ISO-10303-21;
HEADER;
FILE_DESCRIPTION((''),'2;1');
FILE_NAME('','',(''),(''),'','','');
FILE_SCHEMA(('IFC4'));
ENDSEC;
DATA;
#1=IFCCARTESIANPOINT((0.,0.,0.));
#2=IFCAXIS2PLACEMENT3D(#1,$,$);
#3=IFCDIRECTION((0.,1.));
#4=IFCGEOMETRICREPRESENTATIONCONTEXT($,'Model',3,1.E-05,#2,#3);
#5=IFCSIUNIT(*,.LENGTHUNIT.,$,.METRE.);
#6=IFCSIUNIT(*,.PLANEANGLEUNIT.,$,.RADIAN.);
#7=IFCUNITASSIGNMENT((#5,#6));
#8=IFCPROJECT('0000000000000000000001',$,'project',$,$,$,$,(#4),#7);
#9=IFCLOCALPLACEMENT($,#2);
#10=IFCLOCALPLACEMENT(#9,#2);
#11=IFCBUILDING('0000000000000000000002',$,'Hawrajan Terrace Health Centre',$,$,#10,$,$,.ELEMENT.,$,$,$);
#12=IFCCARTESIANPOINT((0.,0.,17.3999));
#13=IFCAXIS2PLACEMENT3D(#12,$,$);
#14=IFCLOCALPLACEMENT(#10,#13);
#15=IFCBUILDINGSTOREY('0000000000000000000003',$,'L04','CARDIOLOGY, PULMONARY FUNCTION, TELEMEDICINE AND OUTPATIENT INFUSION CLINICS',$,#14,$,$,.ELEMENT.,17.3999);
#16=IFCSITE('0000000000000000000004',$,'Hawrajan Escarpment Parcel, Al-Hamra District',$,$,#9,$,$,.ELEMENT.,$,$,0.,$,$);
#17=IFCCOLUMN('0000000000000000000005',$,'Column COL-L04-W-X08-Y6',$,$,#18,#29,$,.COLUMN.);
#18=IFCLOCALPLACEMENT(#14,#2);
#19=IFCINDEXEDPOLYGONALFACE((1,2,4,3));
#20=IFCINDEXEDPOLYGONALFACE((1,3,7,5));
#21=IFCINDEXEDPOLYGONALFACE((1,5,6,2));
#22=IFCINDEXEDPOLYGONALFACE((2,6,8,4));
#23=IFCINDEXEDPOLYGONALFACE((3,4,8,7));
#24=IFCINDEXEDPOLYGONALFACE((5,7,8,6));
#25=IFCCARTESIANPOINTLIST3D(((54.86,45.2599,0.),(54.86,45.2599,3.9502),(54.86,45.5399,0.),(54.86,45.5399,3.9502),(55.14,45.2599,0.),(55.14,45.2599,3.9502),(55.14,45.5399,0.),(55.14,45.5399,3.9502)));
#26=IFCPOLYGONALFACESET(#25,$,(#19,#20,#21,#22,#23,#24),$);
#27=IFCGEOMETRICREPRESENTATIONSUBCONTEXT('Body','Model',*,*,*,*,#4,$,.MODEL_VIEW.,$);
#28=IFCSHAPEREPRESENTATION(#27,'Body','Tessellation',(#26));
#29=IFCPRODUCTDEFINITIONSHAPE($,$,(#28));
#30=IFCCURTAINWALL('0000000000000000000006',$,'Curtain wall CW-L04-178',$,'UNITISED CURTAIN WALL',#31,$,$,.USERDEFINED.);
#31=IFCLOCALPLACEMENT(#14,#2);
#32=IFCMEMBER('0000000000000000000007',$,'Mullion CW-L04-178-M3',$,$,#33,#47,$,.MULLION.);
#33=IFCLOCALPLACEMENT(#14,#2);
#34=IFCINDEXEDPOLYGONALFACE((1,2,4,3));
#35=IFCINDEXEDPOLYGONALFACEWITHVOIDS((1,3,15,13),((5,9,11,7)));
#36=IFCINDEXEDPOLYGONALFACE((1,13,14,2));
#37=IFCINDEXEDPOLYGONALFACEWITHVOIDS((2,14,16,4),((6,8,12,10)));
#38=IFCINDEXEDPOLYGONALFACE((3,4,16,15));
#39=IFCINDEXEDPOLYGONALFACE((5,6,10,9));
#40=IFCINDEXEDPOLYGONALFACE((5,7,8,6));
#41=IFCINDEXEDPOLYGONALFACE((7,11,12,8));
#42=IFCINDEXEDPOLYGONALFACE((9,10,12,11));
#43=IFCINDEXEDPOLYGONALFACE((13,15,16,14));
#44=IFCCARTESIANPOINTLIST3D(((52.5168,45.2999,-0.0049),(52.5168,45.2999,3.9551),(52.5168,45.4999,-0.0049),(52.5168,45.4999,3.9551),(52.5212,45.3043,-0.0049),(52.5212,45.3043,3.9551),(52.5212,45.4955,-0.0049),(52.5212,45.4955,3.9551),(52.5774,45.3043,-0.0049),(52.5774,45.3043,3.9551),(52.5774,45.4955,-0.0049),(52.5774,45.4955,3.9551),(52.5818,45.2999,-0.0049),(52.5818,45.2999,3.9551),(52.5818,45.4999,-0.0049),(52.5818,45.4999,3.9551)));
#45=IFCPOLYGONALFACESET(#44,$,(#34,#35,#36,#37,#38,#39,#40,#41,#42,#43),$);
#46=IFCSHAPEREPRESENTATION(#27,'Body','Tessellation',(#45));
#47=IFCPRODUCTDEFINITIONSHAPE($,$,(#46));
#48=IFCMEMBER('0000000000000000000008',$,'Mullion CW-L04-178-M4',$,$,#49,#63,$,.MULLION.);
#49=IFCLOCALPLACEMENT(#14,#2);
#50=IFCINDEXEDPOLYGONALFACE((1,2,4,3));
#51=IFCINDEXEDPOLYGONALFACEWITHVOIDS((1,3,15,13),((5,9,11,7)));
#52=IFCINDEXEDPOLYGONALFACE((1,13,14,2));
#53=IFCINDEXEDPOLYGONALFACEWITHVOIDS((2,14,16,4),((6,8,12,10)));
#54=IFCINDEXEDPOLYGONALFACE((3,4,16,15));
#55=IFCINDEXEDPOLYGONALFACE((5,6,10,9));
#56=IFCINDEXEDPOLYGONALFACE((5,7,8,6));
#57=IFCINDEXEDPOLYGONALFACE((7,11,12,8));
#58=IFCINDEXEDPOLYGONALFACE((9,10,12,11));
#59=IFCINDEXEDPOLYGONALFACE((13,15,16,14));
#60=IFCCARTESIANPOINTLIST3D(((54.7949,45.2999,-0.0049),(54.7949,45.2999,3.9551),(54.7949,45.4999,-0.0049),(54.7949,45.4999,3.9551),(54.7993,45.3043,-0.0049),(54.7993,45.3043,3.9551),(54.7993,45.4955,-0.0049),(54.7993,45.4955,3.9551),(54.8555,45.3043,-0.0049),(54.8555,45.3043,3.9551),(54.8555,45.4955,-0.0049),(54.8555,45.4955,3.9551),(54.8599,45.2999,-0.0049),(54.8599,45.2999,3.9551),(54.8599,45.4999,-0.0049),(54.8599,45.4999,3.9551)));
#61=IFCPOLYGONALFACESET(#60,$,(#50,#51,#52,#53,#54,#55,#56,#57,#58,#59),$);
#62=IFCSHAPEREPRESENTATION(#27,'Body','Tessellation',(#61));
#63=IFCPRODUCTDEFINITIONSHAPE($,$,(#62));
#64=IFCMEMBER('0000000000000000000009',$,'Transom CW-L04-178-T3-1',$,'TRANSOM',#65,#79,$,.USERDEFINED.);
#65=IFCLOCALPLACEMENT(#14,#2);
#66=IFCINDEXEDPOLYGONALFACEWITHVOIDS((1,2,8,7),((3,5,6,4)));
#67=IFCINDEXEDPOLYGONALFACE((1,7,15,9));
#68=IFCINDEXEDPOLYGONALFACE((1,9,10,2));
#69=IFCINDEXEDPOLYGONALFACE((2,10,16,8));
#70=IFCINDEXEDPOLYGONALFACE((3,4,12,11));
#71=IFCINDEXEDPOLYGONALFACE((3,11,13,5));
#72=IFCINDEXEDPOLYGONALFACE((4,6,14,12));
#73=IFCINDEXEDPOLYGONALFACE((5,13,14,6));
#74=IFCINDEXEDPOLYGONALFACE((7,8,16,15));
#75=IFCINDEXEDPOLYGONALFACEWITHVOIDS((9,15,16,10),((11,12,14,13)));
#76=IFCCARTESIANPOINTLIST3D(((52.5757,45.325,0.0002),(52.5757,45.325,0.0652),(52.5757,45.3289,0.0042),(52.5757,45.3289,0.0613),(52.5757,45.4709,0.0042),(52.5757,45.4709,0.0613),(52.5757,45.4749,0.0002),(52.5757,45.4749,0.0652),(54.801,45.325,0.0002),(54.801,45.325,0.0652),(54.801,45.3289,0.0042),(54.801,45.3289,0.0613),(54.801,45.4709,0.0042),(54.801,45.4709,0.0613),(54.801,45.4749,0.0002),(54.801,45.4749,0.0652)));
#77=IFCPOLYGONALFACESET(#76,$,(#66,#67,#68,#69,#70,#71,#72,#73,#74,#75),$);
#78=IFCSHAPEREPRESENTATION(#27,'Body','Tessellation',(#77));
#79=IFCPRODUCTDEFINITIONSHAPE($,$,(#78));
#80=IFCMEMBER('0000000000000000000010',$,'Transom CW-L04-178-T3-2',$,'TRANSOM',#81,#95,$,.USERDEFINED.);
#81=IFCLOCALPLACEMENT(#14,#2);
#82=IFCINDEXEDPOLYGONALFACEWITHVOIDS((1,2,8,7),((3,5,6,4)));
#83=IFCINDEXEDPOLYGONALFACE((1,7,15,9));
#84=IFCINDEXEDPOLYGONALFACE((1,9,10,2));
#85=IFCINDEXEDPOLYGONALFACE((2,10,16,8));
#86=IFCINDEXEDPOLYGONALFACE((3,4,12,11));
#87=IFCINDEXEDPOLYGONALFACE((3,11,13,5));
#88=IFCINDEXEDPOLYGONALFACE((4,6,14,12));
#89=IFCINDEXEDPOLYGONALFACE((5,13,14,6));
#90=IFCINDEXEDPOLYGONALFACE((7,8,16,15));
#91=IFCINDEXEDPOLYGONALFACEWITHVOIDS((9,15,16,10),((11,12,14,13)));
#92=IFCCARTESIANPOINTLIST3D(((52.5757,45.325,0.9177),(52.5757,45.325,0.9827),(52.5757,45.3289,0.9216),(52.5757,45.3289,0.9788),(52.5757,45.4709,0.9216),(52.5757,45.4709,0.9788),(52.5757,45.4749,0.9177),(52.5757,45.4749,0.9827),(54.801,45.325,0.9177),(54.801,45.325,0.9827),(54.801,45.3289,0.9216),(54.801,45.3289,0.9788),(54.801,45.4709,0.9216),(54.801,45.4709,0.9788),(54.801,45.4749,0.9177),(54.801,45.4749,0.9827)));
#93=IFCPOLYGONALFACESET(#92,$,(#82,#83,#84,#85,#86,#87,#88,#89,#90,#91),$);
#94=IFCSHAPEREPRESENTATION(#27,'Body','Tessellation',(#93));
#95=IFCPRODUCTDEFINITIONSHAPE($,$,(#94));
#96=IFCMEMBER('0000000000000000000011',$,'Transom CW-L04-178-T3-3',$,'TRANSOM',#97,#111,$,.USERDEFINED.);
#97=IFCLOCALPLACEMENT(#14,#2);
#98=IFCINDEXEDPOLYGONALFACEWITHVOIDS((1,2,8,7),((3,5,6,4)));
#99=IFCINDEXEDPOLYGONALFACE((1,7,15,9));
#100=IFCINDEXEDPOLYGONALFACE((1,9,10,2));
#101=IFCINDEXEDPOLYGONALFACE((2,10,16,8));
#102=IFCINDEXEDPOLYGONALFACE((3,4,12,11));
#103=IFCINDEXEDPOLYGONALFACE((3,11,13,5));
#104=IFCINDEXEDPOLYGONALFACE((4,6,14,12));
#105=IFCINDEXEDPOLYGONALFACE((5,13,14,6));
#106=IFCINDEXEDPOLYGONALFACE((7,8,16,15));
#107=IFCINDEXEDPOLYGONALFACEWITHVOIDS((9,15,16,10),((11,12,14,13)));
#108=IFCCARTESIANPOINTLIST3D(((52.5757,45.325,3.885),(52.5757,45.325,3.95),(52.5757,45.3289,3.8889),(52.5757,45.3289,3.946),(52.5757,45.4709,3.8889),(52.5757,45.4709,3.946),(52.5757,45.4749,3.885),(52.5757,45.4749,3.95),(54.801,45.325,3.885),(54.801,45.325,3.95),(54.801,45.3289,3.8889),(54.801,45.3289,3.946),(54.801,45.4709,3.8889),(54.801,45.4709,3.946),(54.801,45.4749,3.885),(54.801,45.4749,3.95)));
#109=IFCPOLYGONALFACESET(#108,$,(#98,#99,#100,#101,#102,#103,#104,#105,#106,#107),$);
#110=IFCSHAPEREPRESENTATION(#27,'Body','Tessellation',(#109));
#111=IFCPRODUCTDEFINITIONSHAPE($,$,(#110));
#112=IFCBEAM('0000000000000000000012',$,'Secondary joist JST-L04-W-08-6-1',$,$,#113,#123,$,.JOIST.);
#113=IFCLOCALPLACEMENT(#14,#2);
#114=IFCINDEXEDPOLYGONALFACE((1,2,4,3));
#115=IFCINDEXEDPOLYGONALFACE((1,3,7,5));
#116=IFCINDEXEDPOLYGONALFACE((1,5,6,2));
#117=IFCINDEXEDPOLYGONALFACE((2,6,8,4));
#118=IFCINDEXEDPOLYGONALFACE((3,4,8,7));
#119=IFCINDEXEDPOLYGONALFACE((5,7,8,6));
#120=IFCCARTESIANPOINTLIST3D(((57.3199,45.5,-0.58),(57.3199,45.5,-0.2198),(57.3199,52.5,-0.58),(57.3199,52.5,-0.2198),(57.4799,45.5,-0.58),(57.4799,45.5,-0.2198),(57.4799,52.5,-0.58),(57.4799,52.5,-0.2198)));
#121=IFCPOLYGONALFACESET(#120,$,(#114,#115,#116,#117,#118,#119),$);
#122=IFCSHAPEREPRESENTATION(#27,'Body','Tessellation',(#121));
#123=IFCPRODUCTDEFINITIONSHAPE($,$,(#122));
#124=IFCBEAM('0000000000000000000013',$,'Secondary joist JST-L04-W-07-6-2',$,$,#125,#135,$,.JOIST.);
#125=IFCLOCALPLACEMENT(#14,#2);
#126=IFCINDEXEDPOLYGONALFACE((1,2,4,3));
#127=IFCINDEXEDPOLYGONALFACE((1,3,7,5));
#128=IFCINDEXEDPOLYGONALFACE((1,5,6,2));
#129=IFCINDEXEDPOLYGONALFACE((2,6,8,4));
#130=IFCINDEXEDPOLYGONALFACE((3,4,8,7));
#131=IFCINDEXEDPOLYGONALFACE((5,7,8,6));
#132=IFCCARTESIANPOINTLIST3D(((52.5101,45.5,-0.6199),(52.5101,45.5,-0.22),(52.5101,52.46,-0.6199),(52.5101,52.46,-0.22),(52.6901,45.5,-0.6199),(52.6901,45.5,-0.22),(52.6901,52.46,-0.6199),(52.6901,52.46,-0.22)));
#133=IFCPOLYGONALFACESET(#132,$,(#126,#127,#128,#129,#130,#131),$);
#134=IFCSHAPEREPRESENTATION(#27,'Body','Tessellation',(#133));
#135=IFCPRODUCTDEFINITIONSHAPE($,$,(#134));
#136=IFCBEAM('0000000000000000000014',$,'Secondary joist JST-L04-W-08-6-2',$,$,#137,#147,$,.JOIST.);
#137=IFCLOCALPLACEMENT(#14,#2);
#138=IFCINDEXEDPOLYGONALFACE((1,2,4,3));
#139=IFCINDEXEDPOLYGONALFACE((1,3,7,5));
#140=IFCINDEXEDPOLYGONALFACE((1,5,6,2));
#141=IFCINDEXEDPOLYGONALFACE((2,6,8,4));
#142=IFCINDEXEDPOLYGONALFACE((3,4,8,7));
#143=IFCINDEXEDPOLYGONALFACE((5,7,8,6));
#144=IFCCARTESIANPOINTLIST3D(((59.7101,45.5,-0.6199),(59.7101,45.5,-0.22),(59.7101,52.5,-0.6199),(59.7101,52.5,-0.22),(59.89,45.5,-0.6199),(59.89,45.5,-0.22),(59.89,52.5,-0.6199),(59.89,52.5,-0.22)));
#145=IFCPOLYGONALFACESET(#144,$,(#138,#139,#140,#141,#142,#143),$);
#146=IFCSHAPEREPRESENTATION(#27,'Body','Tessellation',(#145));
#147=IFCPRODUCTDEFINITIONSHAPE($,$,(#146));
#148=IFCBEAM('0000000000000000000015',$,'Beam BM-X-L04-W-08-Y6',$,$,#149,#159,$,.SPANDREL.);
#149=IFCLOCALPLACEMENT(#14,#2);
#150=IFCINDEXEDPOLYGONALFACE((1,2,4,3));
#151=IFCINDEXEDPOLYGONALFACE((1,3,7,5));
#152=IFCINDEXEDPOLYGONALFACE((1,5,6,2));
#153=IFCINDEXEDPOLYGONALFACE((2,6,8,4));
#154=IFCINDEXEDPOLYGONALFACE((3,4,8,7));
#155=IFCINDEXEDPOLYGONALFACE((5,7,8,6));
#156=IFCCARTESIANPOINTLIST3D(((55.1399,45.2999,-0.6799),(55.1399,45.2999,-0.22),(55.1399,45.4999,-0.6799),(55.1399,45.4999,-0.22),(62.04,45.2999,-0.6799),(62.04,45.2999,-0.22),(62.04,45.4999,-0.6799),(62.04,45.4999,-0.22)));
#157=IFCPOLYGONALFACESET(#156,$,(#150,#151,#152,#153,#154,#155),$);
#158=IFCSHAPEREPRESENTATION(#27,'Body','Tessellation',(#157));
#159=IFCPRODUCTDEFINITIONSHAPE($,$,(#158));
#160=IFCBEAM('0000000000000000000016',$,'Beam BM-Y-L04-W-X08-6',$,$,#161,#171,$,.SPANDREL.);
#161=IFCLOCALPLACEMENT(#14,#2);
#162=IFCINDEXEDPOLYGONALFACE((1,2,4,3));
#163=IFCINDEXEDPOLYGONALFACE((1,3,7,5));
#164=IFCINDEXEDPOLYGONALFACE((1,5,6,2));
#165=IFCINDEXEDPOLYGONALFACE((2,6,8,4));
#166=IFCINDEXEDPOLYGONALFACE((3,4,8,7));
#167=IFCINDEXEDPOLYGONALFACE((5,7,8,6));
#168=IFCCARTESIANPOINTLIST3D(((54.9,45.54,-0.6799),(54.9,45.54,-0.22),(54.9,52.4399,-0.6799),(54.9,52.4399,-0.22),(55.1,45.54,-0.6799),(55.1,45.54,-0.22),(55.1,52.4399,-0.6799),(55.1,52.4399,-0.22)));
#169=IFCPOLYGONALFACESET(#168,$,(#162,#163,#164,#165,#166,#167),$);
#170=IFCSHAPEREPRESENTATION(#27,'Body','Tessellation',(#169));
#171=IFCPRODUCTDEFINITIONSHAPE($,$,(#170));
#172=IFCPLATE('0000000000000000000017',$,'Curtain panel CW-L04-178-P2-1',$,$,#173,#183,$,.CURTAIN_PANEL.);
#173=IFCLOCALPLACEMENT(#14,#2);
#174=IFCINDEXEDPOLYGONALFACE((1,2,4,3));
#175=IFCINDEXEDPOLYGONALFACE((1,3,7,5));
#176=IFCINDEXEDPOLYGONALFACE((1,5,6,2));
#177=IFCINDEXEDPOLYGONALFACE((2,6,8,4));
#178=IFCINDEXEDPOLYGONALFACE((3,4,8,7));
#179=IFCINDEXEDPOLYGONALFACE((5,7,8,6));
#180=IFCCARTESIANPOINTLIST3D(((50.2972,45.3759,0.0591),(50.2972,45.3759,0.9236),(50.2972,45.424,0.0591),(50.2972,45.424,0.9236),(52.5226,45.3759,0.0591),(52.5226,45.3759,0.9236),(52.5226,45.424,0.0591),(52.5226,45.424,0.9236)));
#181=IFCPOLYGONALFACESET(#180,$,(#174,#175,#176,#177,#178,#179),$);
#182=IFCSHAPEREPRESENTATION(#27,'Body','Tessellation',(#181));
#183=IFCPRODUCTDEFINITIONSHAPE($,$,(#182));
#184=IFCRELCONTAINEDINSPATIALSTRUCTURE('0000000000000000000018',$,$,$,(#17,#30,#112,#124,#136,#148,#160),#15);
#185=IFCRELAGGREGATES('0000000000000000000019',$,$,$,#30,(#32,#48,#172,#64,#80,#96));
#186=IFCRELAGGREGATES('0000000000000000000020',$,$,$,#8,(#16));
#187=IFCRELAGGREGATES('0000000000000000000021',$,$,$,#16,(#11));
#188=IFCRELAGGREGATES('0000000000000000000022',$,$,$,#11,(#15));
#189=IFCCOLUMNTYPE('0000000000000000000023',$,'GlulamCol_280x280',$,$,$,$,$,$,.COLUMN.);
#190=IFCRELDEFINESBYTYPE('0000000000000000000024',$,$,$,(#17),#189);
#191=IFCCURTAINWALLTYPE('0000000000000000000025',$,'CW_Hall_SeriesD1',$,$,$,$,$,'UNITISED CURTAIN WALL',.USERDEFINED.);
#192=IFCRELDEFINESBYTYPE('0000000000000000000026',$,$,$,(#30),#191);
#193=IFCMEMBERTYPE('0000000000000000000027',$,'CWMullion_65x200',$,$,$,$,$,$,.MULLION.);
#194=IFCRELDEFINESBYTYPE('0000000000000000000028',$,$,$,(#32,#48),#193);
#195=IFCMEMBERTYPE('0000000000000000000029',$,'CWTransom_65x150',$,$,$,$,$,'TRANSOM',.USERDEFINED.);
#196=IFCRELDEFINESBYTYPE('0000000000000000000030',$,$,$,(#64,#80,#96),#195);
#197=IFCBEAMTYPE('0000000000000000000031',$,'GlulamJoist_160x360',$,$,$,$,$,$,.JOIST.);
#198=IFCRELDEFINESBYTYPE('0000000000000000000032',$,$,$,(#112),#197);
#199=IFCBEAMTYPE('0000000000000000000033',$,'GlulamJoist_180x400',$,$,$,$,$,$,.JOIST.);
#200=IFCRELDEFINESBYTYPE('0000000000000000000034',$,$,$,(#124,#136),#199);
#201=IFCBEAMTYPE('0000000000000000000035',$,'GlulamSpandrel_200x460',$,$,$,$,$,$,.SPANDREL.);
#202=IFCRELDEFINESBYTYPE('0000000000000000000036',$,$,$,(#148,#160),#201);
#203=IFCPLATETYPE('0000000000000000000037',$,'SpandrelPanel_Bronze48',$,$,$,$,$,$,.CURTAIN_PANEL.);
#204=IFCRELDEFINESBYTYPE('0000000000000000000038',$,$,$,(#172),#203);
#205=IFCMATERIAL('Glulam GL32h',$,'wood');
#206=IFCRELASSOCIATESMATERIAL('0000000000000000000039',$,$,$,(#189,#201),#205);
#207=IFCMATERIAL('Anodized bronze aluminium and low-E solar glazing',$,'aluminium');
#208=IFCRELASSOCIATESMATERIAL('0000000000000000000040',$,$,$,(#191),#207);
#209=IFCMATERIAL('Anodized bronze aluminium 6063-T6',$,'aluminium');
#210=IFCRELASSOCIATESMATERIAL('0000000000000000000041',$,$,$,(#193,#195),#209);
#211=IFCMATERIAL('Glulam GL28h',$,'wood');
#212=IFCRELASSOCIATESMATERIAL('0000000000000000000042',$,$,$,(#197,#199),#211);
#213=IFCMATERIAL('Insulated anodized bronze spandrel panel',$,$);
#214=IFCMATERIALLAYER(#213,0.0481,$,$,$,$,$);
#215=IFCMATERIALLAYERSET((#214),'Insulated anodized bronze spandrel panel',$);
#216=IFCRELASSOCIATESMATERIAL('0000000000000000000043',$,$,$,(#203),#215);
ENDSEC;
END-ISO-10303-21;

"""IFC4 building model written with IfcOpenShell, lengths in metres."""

from ifc_helpers import new_model, si_unit, direction, frame, origin, origin_2d, place, context, subcontext, project, spatial, rectangle, hollow_rectangle, extrude, material, layer, layer_set, material_profile, profile_set, type_object, element, aggregate, save


model = new_model("IFC4")

# Units and contexts
model_context = context("Model", 3, precision=1e-05, world=origin(), true_north=direction((0.0, 1.0)))
body_context = subcontext(model_context, "Body", "Model", "MODEL_VIEW")
ifc_project = project(units=[si_unit("LENGTHUNIT", "METRE"), si_unit("PLANEANGLEUNIT", "RADIAN")], contexts=[model_context])

# Site, building, storey
site_placement = place(None, origin())
site = spatial("IfcSite", under=ifc_project, at=site_placement, Name="Hawrajan Escarpment Parcel, Al-Hamra District", CompositionType="ELEMENT", RefElevation=0.0)
building_placement = place(site_placement, origin())
building = spatial("IfcBuilding", under=site, at=building_placement, Name="Hawrajan Terrace Health Centre", CompositionType="ELEMENT")
storey_placement = place(building_placement, frame((0.0, 0.0, 17.3999)))
storey = spatial("IfcBuildingStorey", under=building, at=storey_placement, Name="L04", Description="CARDIOLOGY, PULMONARY FUNCTION, TELEMEDICINE AND OUTPATIENT INFUSION CLINICS", CompositionType="ELEMENT", Elevation=17.3999)

# Column
ifc_material_1 = material(Name="Glulam GL32h", Category="wood")
ifc_material_profile_1 = material_profile(ifc_material_1, rectangle(XDim=0.28, YDim=0.28, at=origin_2d()), Name="GL 280x280")
ifc_profile_set_1 = profile_set([ifc_material_profile_1], Name="Glulam GL32h")
column_type = type_object("IfcColumnType", Name="GlulamCol_280x280", PredefinedType="COLUMN", material=ifc_profile_set_1)
column_placement = place(storey_placement, frame((55.0, 45.3999, 0.0), z_axis=(0.0, 0.0, 1.0), x_axis=(1.0, 0.0, 0.0)))
element("IfcColumn", 1, at=column_placement, inside=storey, type_object=column_type, Name="Column COL-L04-W-X08-Y6", PredefinedType="COLUMN", context=body_context, shape_type="SweptSolid", body=[
    extrude(rectangle(XDim=0.28, YDim=0.28, at=origin_2d()), origin(), (0.0, 0.0, 1.0), 3.9502),
])

# Curtain wall, members
ifc_material_2 = material(Name="Anodized bronze aluminium and low-E solar glazing", Category="aluminium")
curtain_wall_type = type_object("IfcCurtainWallType", Name="CW_Hall_SeriesD1", ElementType="UNITISED CURTAIN WALL", PredefinedType="USERDEFINED", material=ifc_material_2)
curtain_wall_placement = place(storey_placement, origin())
curtain_wall = element("IfcCurtainWall", 2, at=curtain_wall_placement, inside=storey, type_object=curtain_wall_type, Name="Curtain wall CW-L04-178", ObjectType="UNITISED CURTAIN WALL", PredefinedType="USERDEFINED")
ifc_material_3 = material(Name="Anodized bronze aluminium 6063-T6", Category="aluminium")
ifc_material_profile_2 = material_profile(ifc_material_3, hollow_rectangle(XDim=0.0649, YDim=0.2, WallThickness=0.0044, at=origin_2d()), Name="CW MUL 65x200")
ifc_profile_set_2 = profile_set([ifc_material_profile_2], Name="Anodized bronze aluminium 6063-T6")
member_type_1 = type_object("IfcMemberType", Name="CWMullion_65x200", PredefinedType="MULLION", material=ifc_profile_set_2)
member_1_placement = place(storey_placement, frame((52.5493, 45.3999, -0.0049), z_axis=(0.0, 0.0, 1.0), x_axis=(1.0, 0.0, 0.0)))
member_1 = element("IfcMember", 3, at=member_1_placement, type_object=member_type_1, Name="Mullion CW-L04-178-M3", PredefinedType="MULLION", context=body_context, shape_type="SweptSolid", body=[
    extrude(hollow_rectangle(XDim=0.0649, YDim=0.2, WallThickness=0.0044, at=origin_2d()), origin(), (0.0, 0.0, 1.0), 3.96),
])
member_2_placement = place(storey_placement, frame((54.8274, 45.3999, -0.0049), z_axis=(0.0, 0.0, 1.0), x_axis=(1.0, 0.0, 0.0)))
member_2 = element("IfcMember", 4, at=member_2_placement, type_object=member_type_1, Name="Mullion CW-L04-178-M4", PredefinedType="MULLION", context=body_context, shape_type="SweptSolid", body=[
    extrude(hollow_rectangle(XDim=0.0649, YDim=0.2, WallThickness=0.0044, at=origin_2d()), origin(), (0.0, 0.0, 1.0), 3.96),
])
ifc_material_profile_3 = material_profile(ifc_material_3, hollow_rectangle(XDim=0.0649, YDim=0.1499, WallThickness=0.0039, at=origin_2d()), Name="CW TRN 65x150")
ifc_profile_set_3 = profile_set([ifc_material_profile_3], Name="Anodized bronze aluminium 6063-T6")
member_type_2 = type_object("IfcMemberType", Name="CWTransom_65x150", ElementType="TRANSOM", PredefinedType="USERDEFINED", material=ifc_profile_set_3)
member_3_placement = place(storey_placement, frame((52.5757, 45.3999, 0.0327), z_axis=(1.0, 0.0, 0.0), x_axis=(0.0, 0.0, 1.0)))
member_3 = element("IfcMember", 5, at=member_3_placement, type_object=member_type_2, Name="Transom CW-L04-178-T3-1", ObjectType="TRANSOM", PredefinedType="USERDEFINED", context=body_context, shape_type="SweptSolid", body=[
    extrude(hollow_rectangle(XDim=0.0649, YDim=0.1499, WallThickness=0.0039, at=origin_2d()), origin(), (0.0, 0.0, 1.0), 2.2253),
])
member_4_placement = place(storey_placement, frame((52.5757, 45.3999, 0.9502), z_axis=(1.0, 0.0, 0.0), x_axis=(0.0, 0.0, 1.0)))
member_4 = element("IfcMember", 6, at=member_4_placement, type_object=member_type_2, Name="Transom CW-L04-178-T3-2", ObjectType="TRANSOM", PredefinedType="USERDEFINED", context=body_context, shape_type="SweptSolid", body=[
    extrude(hollow_rectangle(XDim=0.0649, YDim=0.1499, WallThickness=0.0039, at=origin_2d()), origin(), (0.0, 0.0, 1.0), 2.2253),
])
member_5_placement = place(storey_placement, frame((52.5757, 45.3999, 3.9175), z_axis=(1.0, 0.0, 0.0), x_axis=(0.0, 0.0, 1.0)))
member_5 = element("IfcMember", 7, at=member_5_placement, type_object=member_type_2, Name="Transom CW-L04-178-T3-3", ObjectType="TRANSOM", PredefinedType="USERDEFINED", context=body_context, shape_type="SweptSolid", body=[
    extrude(hollow_rectangle(XDim=0.0649, YDim=0.1499, WallThickness=0.0039, at=origin_2d()), origin(), (0.0, 0.0, 1.0), 2.2253),
])

# Beams
ifc_material_4 = material(Name="Glulam GL28h", Category="wood")
ifc_material_profile_4 = material_profile(ifc_material_4, rectangle(XDim=0.1599, YDim=0.3601, at=origin_2d()), Name="GL JST 160x360")
ifc_profile_set_4 = profile_set([ifc_material_profile_4], Name="Glulam GL28h")
beam_type_1 = type_object("IfcBeamType", Name="GlulamJoist_160x360", PredefinedType="JOIST", material=ifc_profile_set_4)
beam_1_placement = place(storey_placement, frame((57.3999, 45.5, -0.3999), z_axis=(0.0, 1.0, 0.0), x_axis=(-1.0, 0.0, 0.0)))
element("IfcBeam", 8, at=beam_1_placement, inside=storey, type_object=beam_type_1, Name="Secondary joist JST-L04-W-08-6-1", PredefinedType="JOIST", context=body_context, shape_type="SweptSolid", body=[
    extrude(rectangle(XDim=0.1599, YDim=0.3601, at=origin_2d()), origin(), (0.0, 0.0, 1.0), 7.0),
])
ifc_material_profile_5 = material_profile(ifc_material_4, rectangle(XDim=0.1799, YDim=0.3999, at=origin_2d()), Name="GL JST 180x400")
ifc_profile_set_5 = profile_set([ifc_material_profile_5], Name="Glulam GL28h")
beam_type_2 = type_object("IfcBeamType", Name="GlulamJoist_180x400", PredefinedType="JOIST", material=ifc_profile_set_5)
beam_2_placement = place(storey_placement, frame((52.6001, 45.5, -0.4199), z_axis=(0.0, 1.0, 0.0), x_axis=(-1.0, 0.0, 0.0)))
element("IfcBeam", 9, at=beam_2_placement, inside=storey, type_object=beam_type_2, Name="Secondary joist JST-L04-W-07-6-2", PredefinedType="JOIST", context=body_context, shape_type="SweptSolid", body=[
    extrude(rectangle(XDim=0.1799, YDim=0.3999, at=origin_2d()), origin(), (0.0, 0.0, 1.0), 6.96),
])
beam_3_placement = place(storey_placement, frame((59.8, 45.5, -0.4199), z_axis=(0.0, 1.0, 0.0), x_axis=(-1.0, 0.0, 0.0)))
element("IfcBeam", 10, at=beam_3_placement, inside=storey, type_object=beam_type_2, Name="Secondary joist JST-L04-W-08-6-2", PredefinedType="JOIST", context=body_context, shape_type="SweptSolid", body=[
    extrude(rectangle(XDim=0.1799, YDim=0.3999, at=origin_2d()), origin(), (0.0, 0.0, 1.0), 7.0),
])
ifc_material_profile_6 = material_profile(ifc_material_1, rectangle(XDim=0.2, YDim=0.46, at=origin_2d()), Name="GL SP 200x460")
ifc_profile_set_6 = profile_set([ifc_material_profile_6], Name="Glulam GL32h")
beam_type_3 = type_object("IfcBeamType", Name="GlulamSpandrel_200x460", PredefinedType="SPANDREL", material=ifc_profile_set_6)
beam_4_placement = place(storey_placement, frame((55.1399, 45.3999, -0.45), z_axis=(1.0, 0.0, 0.0), x_axis=(0.0, 1.0, 0.0)))
element("IfcBeam", 11, at=beam_4_placement, inside=storey, type_object=beam_type_3, Name="Beam BM-X-L04-W-08-Y6", PredefinedType="SPANDREL", context=body_context, shape_type="SweptSolid", body=[
    extrude(rectangle(XDim=0.2, YDim=0.46, at=origin_2d()), origin(), (0.0, 0.0, 1.0), 6.9001),
])
beam_5_placement = place(storey_placement, frame((55.0, 45.54, -0.45), z_axis=(0.0, 1.0, 0.0), x_axis=(-1.0, 0.0, 0.0)))
element("IfcBeam", 12, at=beam_5_placement, inside=storey, type_object=beam_type_3, Name="Beam BM-Y-L04-W-X08-6", PredefinedType="SPANDREL", context=body_context, shape_type="SweptSolid", body=[
    extrude(rectangle(XDim=0.2, YDim=0.46, at=origin_2d()), origin(), (0.0, 0.0, 1.0), 6.8999),
])

# Plate
ifc_material_5 = material(Name="Insulated anodized bronze spandrel panel")
ifc_layer_1 = layer(ifc_material_5, 0.0481)
ifc_layer_set_1 = layer_set([ifc_layer_1], Name="Insulated anodized bronze spandrel panel")
plate_type_1 = type_object("IfcPlateType", Name="SpandrelPanel_Bronze48", PredefinedType="CURTAIN_PANEL", material=ifc_layer_set_1)
plate_1_placement = place(storey_placement, frame((51.4099, 45.3999, 0.0591), z_axis=(0.0, 0.0, 1.0), x_axis=(1.0, 0.0, 0.0)))
plate_1 = element("IfcPlate", 13, at=plate_1_placement, type_object=plate_type_1, Name="Curtain panel CW-L04-178-P2-1", PredefinedType="CURTAIN_PANEL", context=body_context, shape_type="SweptSolid", body=[
    extrude(rectangle(XDim=2.2253, YDim=0.0481, at=origin_2d()), origin(), (0.0, 0.0, 1.0), 0.8645),
])
aggregate(curtain_wall, [member_1, member_2, plate_1, member_3, member_4, member_5])

save(model, "model.ifc")
